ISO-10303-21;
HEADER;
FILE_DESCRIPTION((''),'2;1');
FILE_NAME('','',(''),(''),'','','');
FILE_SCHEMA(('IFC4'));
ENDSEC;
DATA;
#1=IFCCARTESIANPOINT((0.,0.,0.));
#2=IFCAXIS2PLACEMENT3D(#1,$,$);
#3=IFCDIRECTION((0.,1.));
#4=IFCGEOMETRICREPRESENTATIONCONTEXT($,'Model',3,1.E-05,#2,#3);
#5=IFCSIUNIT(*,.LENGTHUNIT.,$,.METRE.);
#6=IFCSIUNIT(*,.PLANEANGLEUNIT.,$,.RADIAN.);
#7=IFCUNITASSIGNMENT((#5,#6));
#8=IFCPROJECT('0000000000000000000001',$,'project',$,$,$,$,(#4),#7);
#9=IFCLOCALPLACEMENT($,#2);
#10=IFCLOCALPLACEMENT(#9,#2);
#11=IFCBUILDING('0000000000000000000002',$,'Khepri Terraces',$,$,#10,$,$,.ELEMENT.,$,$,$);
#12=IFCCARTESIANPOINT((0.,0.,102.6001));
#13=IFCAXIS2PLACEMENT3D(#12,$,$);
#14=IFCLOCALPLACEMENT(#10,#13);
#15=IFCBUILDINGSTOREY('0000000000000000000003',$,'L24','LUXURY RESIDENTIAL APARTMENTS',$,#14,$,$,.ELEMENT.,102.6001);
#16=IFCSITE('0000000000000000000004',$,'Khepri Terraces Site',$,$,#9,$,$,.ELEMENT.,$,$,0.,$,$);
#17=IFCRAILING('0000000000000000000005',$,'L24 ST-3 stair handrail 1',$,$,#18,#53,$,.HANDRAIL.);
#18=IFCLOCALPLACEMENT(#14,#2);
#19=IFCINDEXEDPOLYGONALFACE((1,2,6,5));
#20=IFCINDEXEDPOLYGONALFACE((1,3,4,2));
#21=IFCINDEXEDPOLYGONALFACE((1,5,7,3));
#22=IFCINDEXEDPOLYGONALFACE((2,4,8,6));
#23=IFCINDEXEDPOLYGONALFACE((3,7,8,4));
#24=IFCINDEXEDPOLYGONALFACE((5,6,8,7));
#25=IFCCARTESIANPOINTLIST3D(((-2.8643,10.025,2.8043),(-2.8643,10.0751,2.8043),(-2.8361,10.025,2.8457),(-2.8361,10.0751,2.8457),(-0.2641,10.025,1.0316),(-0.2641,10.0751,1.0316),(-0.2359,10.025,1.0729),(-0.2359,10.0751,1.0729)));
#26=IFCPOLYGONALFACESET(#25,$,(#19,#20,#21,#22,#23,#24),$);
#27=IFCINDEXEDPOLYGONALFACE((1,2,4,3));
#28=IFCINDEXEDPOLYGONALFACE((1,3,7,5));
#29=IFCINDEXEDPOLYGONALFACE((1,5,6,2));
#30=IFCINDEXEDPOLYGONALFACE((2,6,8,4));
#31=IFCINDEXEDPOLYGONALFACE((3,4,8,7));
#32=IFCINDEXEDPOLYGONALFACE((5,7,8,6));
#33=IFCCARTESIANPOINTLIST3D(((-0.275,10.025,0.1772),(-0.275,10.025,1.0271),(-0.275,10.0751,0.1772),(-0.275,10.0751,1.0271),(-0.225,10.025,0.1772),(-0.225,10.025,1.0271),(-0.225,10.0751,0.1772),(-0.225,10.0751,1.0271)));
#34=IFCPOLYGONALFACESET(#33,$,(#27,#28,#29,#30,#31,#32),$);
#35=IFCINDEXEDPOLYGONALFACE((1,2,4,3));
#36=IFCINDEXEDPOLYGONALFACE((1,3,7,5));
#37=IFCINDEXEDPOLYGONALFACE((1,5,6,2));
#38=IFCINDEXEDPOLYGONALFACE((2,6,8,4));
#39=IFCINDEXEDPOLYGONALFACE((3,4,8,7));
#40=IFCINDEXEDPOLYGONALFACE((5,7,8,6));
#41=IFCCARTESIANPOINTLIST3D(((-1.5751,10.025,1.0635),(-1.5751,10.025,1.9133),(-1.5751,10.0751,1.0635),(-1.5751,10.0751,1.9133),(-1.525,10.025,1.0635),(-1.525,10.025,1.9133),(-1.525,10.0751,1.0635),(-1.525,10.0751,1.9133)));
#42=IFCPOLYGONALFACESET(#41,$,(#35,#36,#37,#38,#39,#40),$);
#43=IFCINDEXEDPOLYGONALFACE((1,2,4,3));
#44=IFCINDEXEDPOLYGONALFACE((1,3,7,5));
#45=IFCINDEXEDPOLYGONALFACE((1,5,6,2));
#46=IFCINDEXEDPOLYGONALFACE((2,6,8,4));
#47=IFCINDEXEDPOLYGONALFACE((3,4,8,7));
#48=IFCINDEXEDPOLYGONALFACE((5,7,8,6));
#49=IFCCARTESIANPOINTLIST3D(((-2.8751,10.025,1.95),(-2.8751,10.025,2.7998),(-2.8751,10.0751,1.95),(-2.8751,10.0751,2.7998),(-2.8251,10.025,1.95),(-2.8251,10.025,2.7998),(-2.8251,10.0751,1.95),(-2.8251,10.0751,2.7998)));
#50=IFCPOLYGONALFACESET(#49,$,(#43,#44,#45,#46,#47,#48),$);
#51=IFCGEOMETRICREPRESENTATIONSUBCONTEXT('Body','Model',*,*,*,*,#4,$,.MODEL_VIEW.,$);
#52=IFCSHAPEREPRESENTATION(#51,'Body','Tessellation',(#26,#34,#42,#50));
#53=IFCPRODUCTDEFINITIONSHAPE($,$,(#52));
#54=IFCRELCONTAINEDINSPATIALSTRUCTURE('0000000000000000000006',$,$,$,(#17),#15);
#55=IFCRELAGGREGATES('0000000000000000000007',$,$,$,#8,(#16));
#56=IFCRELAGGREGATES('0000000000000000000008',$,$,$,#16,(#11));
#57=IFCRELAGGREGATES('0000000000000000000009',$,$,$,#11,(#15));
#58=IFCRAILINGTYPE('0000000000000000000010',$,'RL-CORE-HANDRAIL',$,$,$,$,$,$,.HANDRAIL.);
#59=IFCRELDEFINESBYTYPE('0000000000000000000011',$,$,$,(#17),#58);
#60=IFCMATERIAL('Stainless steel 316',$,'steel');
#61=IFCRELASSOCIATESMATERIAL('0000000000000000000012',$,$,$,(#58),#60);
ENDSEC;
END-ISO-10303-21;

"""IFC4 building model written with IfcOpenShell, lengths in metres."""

from ifc_helpers import new_model, si_unit, direction, frame, origin, origin_2d, place, context, subcontext, project, spatial, rectangle, extrude, material, type_object, element, save


model = new_model("IFC4")

# Units and contexts
model_context = context("Model", 3, precision=1e-05, world=origin(), true_north=direction((0.0, 1.0)))
body_context = subcontext(model_context, "Body", "Model", "MODEL_VIEW")
ifc_project = project(units=[si_unit("LENGTHUNIT", "METRE"), si_unit("PLANEANGLEUNIT", "RADIAN")], contexts=[model_context])

# Site, building, storey
site_placement = place(None, origin())
site = spatial("IfcSite", under=ifc_project, at=site_placement, Name="Khepri Terraces Site", CompositionType="ELEMENT", RefElevation=0.0)
building_placement = place(site_placement, origin())
building = spatial("IfcBuilding", under=site, at=building_placement, Name="Khepri Terraces", CompositionType="ELEMENT")
storey_placement = place(building_placement, frame((0.0, 0.0, 102.6001)))
storey = spatial("IfcBuildingStorey", under=building, at=storey_placement, Name="L24", Description="LUXURY RESIDENTIAL APARTMENTS", CompositionType="ELEMENT", Elevation=102.6001)

# Railing
ifc_material_1 = material(Name="Stainless steel 316", Category="steel")
railing_type_1 = type_object("IfcRailingType", Name="RL-CORE-HANDRAIL", PredefinedType="HANDRAIL", material=ifc_material_1)
railing_1_placement = place(storey_placement, frame((-0.25, 10.05, 0.1772)))
element("IfcRailing", 1, at=railing_1_placement, inside=storey, type_object=railing_type_1, Name="L24 ST-3 stair handrail 1", PredefinedType="HANDRAIL", context=body_context, shape_type="SweptSolid", body=[
    extrude(rectangle(XDim=0.05, YDim=0.05, at=origin_2d()), frame((0.0, 0.0, 0.875), z_axis=(-0.82624, 0.0, 0.563318), x_axis=(0.0, -1.0, 0.0)), (0.0, 0.0, 1.0), 3.147),
    extrude(rectangle(XDim=0.05, YDim=0.05, at=origin_2d()), origin(), (0.0, 0.0, 1.0), 0.8499),
    extrude(rectangle(XDim=0.05, YDim=0.05, at=origin_2d()), frame((-1.3, 0.0, 0.8862)), (0.0, 0.0, 1.0), 0.8499),
    extrude(rectangle(XDim=0.05, YDim=0.05, at=origin_2d()), frame((-2.6001, 0.0, 1.7727)), (0.0, 0.0, 1.0), 0.8499),
])

save(model, "model.ifc")
